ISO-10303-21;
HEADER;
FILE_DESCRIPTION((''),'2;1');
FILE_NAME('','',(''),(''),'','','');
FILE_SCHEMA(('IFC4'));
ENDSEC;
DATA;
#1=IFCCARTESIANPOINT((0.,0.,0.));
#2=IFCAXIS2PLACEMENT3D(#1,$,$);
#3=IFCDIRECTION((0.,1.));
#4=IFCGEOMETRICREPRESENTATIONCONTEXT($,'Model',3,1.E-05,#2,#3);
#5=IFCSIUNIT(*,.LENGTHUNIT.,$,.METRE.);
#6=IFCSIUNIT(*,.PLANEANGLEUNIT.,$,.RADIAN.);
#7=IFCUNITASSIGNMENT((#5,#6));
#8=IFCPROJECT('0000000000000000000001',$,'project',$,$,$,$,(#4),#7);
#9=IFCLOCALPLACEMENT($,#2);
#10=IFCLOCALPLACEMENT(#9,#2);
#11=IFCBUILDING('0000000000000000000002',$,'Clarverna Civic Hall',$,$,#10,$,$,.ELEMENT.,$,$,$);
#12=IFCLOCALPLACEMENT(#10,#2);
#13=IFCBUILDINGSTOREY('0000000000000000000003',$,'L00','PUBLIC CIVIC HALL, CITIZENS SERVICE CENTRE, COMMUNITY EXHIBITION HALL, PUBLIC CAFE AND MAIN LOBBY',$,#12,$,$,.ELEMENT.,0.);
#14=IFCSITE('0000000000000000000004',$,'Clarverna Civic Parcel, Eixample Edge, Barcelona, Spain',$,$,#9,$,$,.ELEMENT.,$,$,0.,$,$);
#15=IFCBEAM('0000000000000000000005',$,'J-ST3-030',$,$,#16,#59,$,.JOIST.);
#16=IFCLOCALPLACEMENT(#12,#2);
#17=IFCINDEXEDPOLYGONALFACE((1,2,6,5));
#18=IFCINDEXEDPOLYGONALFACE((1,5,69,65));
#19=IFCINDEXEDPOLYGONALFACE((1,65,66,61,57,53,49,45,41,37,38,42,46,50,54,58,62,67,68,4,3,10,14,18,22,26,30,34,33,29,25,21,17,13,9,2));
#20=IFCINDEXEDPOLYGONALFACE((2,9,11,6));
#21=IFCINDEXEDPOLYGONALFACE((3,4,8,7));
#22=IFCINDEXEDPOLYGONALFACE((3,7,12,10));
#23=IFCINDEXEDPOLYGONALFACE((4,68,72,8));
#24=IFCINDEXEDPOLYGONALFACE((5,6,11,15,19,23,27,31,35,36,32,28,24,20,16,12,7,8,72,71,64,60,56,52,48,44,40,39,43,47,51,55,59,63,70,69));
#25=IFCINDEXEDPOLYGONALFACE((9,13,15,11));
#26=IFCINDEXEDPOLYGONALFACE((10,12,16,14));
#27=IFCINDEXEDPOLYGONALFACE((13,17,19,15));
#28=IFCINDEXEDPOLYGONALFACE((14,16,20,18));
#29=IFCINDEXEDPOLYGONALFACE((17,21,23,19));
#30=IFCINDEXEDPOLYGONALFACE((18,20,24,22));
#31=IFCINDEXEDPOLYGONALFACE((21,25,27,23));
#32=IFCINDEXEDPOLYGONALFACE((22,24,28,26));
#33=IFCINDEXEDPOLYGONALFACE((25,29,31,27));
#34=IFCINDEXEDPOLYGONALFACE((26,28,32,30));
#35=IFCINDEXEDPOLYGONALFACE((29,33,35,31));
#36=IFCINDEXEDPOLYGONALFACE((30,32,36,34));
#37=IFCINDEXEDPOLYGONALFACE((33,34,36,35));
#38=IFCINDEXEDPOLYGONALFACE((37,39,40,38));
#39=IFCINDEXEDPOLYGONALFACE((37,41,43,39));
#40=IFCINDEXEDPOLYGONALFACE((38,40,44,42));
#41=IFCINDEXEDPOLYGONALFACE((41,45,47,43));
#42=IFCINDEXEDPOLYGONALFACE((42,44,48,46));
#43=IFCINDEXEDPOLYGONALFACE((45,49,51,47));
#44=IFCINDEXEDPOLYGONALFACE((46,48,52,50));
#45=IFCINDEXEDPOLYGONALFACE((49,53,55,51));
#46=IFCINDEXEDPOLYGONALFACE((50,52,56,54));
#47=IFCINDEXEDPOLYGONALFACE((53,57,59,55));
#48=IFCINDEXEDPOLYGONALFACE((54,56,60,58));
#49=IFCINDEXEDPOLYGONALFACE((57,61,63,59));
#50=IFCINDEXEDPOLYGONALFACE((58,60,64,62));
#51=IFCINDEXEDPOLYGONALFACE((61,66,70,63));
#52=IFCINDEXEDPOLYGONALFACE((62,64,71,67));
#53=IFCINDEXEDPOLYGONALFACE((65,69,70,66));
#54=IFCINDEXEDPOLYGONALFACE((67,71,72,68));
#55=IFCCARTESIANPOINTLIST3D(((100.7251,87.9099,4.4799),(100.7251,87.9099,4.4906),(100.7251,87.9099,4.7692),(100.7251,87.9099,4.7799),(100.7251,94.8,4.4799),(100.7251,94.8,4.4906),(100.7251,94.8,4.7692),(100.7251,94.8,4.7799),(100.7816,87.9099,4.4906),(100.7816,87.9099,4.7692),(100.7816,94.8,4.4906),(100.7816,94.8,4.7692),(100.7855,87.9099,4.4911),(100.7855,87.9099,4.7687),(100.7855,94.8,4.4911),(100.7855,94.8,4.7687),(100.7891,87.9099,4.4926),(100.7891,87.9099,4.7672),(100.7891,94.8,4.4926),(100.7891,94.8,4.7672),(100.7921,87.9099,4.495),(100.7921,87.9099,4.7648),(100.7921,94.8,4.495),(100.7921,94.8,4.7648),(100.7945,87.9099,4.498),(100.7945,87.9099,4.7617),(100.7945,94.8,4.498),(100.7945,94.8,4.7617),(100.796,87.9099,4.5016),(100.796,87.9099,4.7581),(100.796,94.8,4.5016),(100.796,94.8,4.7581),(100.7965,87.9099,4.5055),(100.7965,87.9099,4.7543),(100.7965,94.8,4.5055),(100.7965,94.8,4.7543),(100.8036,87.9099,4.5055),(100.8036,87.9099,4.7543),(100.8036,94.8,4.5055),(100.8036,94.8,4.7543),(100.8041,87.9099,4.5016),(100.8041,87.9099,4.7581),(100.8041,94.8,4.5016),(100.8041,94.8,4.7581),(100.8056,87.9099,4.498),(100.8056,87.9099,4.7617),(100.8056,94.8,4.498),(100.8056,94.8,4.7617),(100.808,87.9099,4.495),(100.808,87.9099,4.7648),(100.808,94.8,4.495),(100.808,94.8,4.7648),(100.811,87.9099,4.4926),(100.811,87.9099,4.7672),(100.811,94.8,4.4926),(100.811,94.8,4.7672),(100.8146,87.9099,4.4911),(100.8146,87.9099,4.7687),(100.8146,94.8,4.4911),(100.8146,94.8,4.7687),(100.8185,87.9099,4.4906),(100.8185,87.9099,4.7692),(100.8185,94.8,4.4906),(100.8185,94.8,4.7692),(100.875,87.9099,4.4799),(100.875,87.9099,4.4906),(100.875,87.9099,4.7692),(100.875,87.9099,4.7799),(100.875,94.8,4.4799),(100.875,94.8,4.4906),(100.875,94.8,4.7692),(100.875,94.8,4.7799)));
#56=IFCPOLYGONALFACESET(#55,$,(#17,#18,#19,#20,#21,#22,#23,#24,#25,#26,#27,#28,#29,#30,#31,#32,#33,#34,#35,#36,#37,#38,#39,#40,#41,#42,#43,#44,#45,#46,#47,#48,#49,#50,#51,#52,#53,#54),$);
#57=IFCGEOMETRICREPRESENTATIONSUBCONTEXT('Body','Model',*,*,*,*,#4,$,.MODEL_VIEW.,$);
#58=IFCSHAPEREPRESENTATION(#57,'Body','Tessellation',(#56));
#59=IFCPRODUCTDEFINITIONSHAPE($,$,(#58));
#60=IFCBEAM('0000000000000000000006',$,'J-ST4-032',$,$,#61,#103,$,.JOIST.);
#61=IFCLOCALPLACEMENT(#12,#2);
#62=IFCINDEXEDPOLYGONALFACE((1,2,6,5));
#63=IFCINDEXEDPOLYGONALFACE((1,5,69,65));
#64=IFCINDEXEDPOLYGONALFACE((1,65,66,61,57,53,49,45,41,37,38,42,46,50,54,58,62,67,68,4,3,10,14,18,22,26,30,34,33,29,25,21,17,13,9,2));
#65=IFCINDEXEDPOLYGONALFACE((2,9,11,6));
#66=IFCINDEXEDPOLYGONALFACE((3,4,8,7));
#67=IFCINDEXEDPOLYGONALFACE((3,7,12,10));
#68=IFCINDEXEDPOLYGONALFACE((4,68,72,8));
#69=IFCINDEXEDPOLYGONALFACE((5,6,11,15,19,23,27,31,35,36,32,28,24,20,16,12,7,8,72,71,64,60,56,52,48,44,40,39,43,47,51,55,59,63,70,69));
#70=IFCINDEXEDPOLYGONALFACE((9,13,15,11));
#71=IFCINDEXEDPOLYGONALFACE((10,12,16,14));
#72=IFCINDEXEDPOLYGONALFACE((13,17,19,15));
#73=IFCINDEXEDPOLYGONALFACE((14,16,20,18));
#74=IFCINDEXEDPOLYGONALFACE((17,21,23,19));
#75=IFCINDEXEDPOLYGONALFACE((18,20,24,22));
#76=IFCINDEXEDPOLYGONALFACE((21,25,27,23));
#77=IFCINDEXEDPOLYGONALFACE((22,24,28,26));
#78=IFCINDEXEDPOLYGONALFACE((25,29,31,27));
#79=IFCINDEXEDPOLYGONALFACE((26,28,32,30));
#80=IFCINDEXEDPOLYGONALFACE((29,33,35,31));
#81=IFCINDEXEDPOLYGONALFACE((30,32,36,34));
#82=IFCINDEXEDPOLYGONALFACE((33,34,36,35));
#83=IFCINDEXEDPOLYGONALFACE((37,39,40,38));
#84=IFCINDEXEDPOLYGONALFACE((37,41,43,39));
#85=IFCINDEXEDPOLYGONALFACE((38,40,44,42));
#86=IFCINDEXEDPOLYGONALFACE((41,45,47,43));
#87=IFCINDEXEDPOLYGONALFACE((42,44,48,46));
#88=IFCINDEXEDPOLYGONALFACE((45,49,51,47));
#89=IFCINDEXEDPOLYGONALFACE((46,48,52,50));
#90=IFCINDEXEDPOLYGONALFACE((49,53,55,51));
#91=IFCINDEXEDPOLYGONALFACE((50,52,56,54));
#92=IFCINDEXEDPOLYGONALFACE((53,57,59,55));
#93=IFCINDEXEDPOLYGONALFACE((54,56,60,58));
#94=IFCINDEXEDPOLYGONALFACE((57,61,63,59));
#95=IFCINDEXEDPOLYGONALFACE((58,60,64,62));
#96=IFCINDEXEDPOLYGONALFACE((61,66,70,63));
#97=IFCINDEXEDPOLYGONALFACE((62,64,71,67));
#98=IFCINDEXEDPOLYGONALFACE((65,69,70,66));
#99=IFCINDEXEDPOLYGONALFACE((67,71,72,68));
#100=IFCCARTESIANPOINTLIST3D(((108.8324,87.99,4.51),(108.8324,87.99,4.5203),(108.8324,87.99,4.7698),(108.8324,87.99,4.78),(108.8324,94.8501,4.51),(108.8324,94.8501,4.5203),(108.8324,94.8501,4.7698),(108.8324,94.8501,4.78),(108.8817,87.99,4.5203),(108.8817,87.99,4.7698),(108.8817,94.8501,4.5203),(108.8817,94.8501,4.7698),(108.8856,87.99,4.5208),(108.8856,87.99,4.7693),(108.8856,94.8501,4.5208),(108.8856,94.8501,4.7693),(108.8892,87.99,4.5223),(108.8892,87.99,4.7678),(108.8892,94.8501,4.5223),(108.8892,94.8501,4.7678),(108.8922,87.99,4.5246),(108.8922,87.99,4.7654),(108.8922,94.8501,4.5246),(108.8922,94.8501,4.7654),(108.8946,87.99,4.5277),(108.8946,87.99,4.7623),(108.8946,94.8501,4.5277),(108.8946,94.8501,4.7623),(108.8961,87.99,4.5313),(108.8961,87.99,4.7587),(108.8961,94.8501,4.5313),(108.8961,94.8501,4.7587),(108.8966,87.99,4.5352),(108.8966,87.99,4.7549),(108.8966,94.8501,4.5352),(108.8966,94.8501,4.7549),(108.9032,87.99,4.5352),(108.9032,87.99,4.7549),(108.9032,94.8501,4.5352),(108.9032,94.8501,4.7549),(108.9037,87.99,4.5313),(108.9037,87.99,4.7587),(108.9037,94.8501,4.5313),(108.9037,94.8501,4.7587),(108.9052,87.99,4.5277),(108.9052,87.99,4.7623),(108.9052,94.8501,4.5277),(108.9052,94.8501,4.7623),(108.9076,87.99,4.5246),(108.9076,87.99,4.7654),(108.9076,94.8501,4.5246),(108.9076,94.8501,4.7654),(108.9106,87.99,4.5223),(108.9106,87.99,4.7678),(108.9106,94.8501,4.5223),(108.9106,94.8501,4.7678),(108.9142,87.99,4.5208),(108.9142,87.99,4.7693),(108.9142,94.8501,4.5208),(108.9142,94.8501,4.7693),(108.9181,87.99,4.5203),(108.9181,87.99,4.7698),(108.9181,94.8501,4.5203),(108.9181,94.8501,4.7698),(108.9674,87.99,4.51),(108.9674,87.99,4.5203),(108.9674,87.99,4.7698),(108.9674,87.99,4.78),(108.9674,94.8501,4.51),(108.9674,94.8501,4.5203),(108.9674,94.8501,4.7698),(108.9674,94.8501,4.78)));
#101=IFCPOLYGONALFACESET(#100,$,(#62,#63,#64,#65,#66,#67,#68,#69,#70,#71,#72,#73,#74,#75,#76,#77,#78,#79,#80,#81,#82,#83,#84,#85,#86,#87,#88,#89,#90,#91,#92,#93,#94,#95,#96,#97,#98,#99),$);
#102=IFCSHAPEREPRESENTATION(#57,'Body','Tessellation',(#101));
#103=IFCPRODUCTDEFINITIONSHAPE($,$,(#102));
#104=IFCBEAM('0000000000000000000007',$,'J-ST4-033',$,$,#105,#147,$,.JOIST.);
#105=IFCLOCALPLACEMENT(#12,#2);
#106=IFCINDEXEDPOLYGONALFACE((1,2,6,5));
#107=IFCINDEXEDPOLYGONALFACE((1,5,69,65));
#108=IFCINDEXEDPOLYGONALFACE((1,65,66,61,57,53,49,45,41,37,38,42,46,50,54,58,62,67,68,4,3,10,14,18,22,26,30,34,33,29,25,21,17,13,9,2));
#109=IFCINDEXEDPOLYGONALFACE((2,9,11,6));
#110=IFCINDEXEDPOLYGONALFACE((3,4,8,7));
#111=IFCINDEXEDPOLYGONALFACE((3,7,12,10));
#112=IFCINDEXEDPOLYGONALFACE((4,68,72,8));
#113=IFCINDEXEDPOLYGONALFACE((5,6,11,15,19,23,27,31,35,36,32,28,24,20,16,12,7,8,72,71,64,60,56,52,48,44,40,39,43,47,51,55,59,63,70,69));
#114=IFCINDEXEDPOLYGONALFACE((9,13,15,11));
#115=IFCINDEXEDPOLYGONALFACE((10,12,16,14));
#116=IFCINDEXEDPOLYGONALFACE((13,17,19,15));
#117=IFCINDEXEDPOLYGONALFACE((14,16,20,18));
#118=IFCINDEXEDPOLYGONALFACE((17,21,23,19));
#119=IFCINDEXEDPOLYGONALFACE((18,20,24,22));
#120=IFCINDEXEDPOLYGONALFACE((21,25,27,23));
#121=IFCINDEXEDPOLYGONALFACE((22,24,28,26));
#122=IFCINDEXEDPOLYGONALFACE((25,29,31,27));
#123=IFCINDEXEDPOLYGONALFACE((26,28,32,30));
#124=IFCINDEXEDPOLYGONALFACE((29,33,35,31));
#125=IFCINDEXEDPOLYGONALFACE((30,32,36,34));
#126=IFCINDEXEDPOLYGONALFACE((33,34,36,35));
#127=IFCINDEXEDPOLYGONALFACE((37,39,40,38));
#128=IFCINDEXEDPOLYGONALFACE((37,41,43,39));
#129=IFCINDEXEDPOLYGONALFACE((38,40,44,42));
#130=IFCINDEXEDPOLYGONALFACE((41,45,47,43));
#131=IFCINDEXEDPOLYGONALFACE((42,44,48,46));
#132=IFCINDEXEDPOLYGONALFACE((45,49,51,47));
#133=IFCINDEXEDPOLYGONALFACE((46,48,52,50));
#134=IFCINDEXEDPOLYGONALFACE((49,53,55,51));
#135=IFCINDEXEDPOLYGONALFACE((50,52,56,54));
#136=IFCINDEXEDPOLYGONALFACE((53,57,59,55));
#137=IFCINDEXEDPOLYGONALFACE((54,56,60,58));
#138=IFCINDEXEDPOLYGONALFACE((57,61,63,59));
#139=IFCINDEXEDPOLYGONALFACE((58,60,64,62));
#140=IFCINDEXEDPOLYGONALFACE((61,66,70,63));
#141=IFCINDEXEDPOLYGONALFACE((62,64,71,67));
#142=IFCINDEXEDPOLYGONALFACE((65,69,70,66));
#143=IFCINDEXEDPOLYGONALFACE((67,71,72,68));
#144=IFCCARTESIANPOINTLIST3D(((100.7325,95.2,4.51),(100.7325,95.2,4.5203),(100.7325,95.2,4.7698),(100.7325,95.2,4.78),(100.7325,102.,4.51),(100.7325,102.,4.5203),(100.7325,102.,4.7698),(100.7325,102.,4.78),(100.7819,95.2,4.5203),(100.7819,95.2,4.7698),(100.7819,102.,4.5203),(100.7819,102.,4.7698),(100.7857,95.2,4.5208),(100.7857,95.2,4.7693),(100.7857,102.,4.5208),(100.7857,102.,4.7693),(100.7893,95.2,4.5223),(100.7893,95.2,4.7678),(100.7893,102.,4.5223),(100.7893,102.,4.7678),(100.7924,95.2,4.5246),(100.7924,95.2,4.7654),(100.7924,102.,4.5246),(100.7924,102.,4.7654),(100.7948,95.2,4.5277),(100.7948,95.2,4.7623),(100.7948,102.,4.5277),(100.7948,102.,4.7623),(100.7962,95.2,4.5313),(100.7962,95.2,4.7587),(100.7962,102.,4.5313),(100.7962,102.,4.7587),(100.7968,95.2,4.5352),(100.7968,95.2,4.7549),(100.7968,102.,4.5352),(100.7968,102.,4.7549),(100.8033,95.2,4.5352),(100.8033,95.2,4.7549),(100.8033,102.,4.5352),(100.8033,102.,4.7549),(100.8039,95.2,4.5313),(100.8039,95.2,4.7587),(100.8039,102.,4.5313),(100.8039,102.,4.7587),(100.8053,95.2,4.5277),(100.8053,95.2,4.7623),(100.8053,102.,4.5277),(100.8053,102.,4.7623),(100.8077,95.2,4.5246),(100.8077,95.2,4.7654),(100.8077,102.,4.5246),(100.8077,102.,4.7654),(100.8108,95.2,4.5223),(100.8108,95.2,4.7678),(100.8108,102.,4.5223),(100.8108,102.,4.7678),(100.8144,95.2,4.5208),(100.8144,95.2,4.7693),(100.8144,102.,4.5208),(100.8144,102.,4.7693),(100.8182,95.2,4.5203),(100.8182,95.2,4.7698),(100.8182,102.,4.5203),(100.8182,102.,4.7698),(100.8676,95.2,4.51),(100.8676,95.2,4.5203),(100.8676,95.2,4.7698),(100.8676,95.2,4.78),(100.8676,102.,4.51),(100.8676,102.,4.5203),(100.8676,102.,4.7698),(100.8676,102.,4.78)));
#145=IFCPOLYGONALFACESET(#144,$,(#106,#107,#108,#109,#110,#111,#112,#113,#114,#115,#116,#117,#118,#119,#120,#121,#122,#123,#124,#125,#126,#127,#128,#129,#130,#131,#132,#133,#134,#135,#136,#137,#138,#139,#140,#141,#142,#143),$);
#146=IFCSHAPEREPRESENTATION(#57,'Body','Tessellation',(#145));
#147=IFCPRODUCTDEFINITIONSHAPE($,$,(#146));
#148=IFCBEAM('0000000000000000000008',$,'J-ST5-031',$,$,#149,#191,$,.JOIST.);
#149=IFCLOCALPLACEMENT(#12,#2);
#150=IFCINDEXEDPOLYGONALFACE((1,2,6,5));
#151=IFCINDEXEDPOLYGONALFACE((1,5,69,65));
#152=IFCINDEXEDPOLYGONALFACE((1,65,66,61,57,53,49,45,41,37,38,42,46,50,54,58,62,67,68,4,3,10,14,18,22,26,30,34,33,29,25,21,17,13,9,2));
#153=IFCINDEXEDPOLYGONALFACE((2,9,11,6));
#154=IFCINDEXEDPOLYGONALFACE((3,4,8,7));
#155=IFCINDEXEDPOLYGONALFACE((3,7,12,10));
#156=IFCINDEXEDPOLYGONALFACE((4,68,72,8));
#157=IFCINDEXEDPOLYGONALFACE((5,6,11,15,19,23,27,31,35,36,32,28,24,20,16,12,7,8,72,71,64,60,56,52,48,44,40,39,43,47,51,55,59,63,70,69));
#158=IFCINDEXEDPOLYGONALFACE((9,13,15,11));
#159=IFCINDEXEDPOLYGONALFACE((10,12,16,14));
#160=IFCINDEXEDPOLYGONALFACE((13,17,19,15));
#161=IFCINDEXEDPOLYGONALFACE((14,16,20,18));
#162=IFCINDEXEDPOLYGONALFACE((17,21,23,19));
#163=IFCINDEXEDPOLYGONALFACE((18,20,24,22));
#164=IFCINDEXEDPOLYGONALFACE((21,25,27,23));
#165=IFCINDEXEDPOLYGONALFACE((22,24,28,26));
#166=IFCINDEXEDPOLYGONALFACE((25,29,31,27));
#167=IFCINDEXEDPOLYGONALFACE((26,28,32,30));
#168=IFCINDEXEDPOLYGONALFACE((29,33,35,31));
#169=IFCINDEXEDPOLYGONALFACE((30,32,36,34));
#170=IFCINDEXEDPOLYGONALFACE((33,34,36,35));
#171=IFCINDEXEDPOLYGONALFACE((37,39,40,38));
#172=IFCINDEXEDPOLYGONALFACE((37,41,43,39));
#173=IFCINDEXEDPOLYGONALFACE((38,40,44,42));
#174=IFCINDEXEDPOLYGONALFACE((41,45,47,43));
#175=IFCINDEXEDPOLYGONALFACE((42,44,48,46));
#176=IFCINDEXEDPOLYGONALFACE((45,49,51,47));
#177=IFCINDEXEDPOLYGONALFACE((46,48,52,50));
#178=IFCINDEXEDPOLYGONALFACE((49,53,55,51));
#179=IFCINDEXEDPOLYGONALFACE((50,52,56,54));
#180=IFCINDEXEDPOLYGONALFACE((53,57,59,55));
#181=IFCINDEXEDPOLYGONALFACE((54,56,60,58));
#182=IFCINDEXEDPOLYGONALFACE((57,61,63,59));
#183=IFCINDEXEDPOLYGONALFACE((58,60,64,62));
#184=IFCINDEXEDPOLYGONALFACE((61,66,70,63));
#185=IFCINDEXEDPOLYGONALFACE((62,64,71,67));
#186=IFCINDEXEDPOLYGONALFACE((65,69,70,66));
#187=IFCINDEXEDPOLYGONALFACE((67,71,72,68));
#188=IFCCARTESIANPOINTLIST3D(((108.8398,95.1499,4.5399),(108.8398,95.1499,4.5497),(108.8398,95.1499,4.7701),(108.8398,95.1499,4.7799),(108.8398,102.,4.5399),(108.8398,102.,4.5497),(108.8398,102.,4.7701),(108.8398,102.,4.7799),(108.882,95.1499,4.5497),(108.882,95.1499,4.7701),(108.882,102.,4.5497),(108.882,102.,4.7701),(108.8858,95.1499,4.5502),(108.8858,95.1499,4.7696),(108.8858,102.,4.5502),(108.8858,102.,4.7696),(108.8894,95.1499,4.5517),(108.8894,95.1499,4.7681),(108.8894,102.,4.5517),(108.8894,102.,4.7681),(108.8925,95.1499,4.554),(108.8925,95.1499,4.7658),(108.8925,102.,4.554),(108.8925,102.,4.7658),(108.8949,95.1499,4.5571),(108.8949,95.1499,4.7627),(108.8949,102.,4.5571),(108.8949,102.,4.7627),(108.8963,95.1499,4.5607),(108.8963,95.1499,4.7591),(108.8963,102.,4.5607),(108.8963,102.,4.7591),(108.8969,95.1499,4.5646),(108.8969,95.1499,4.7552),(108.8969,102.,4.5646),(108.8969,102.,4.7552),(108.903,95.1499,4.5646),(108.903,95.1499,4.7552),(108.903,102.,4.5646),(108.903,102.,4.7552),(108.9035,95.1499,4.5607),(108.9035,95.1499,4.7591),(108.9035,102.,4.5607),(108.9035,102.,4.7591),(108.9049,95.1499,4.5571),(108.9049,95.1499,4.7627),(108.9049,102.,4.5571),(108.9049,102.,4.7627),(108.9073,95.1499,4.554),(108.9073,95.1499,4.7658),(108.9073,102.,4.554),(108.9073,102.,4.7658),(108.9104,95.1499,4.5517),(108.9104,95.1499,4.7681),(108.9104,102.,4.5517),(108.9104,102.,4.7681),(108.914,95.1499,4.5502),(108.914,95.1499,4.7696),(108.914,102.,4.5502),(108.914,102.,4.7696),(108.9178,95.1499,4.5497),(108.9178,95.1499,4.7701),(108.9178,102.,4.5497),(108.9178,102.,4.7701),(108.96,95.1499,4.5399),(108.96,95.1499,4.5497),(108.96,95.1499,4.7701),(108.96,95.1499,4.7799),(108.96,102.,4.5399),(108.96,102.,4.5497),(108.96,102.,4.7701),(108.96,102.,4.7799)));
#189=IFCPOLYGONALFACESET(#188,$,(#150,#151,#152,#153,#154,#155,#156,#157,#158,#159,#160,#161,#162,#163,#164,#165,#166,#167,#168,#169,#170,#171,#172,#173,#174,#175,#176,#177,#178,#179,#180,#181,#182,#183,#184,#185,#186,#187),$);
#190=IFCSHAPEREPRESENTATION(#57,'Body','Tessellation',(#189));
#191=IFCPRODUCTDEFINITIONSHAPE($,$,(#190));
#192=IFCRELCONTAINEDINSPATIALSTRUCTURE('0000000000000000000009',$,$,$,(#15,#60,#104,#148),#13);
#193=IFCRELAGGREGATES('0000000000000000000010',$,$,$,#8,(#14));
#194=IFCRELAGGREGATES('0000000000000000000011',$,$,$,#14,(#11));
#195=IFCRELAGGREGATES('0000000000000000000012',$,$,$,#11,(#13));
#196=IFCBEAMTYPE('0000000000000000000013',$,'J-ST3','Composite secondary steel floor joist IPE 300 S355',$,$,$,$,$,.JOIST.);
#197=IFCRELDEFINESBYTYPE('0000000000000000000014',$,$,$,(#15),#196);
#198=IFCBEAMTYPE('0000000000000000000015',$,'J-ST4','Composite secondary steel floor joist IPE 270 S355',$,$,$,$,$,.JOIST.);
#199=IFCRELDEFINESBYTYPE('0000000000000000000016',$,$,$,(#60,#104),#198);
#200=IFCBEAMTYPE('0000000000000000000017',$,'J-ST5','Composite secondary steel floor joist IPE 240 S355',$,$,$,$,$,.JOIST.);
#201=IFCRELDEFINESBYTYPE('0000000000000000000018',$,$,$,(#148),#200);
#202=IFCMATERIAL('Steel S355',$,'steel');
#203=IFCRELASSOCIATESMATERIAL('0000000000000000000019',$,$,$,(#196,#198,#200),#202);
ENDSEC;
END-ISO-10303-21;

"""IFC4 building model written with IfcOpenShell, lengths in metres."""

from ifc_helpers import new_model, si_unit, direction, frame, origin, origin_2d, place, context, subcontext, project, spatial, i_section, extrude, material, material_profile, profile_set, type_object, element, save


model = new_model("IFC4")

# Units and contexts
model_context = context("Model", 3, precision=1e-05, world=origin(), true_north=direction((0.0, 1.0)))
body_context = subcontext(model_context, "Body", "Model", "MODEL_VIEW")
ifc_project = project(units=[si_unit("LENGTHUNIT", "METRE"), si_unit("PLANEANGLEUNIT", "RADIAN")], contexts=[model_context])

# Site, building, storey
site_placement = place(None, origin())
site = spatial("IfcSite", under=ifc_project, at=site_placement, Name="Clarverna Civic Parcel, Eixample Edge, Barcelona, Spain", CompositionType="ELEMENT", RefElevation=0.0)
building_placement = place(site_placement, origin())
building = spatial("IfcBuilding", under=site, at=building_placement, Name="Clarverna Civic Hall", CompositionType="ELEMENT")
storey_placement = place(building_placement, origin())
storey = spatial("IfcBuildingStorey", under=building, at=storey_placement, Name="L00", Description="PUBLIC CIVIC HALL, CITIZENS SERVICE CENTRE, COMMUNITY EXHIBITION HALL, PUBLIC CAFE AND MAIN LOBBY", CompositionType="ELEMENT", Elevation=0.0)

# Beams
ifc_material_1 = material(Name="Steel S355", Category="steel")
ifc_material_profile_1 = material_profile(ifc_material_1, i_section(OverallWidth=0.1499, OverallDepth=0.3, WebThickness=0.0071, FlangeThickness=0.0107, FilletRadius=0.0149, at=origin_2d()), Name="IPE 300")
ifc_profile_set_1 = profile_set([ifc_material_profile_1], Name="Steel S355")
beam_type_1 = type_object("IfcBeamType", Name="J-ST3", Description="Composite secondary steel floor joist IPE 300 S355", PredefinedType="JOIST", material=ifc_profile_set_1)
beam_1_placement = place(storey_placement, frame((100.8, 87.9099, 4.6299), z_axis=(0.0, 1.0, 0.0), x_axis=(-1.0, 0.0, 0.0)))
element("IfcBeam", 1, at=beam_1_placement, inside=storey, type_object=beam_type_1, Name="J-ST3-030", PredefinedType="JOIST", context=body_context, shape_type="SweptSolid", body=[
    extrude(i_section(OverallWidth=0.1499, OverallDepth=0.3, WebThickness=0.0071, FlangeThickness=0.0107, FilletRadius=0.0149, at=origin_2d()), origin(), (0.0, 0.0, 1.0), 6.8901),
])
ifc_material_profile_2 = material_profile(ifc_material_1, i_section(OverallWidth=0.135, OverallDepth=0.27, WebThickness=0.0066, FlangeThickness=0.0103, FilletRadius=0.0149, at=origin_2d()), Name="IPE 270")
ifc_profile_set_2 = profile_set([ifc_material_profile_2], Name="Steel S355")
beam_type_2 = type_object("IfcBeamType", Name="J-ST4", Description="Composite secondary steel floor joist IPE 270 S355", PredefinedType="JOIST", material=ifc_profile_set_2)
beam_2_placement = place(storey_placement, frame((108.8999, 87.99, 4.645), z_axis=(0.0, 1.0, 0.0), x_axis=(-1.0, 0.0, 0.0)))
element("IfcBeam", 2, at=beam_2_placement, inside=storey, type_object=beam_type_2, Name="J-ST4-032", PredefinedType="JOIST", context=body_context, shape_type="SweptSolid", body=[
    extrude(i_section(OverallWidth=0.135, OverallDepth=0.27, WebThickness=0.0066, FlangeThickness=0.0103, FilletRadius=0.0149, at=origin_2d()), origin(), (0.0, 0.0, 1.0), 6.8601),
])
beam_3_placement = place(storey_placement, frame((100.8, 95.2, 4.645), z_axis=(0.0, 1.0, 0.0), x_axis=(-1.0, 0.0, 0.0)))
element("IfcBeam", 3, at=beam_3_placement, inside=storey, type_object=beam_type_2, Name="J-ST4-033", PredefinedType="JOIST", context=body_context, shape_type="SweptSolid", body=[
    extrude(i_section(OverallWidth=0.135, OverallDepth=0.27, WebThickness=0.0066, FlangeThickness=0.0103, FilletRadius=0.0149, at=origin_2d()), origin(), (0.0, 0.0, 1.0), 6.8),
])
ifc_material_profile_3 = material_profile(ifc_material_1, i_section(OverallWidth=0.1201, OverallDepth=0.24, WebThickness=0.0061, FlangeThickness=0.0098, FilletRadius=0.0149, at=origin_2d()), Name="IPE 240")
ifc_profile_set_3 = profile_set([ifc_material_profile_3], Name="Steel S355")
beam_type_3 = type_object("IfcBeamType", Name="J-ST5", Description="Composite secondary steel floor joist IPE 240 S355", PredefinedType="JOIST", material=ifc_profile_set_3)
beam_4_placement = place(storey_placement, frame((108.8999, 95.1499, 4.6599), z_axis=(0.0, 1.0, 0.0), x_axis=(-1.0, 0.0, 0.0)))
element("IfcBeam", 4, at=beam_4_placement, inside=storey, type_object=beam_type_3, Name="J-ST5-031", PredefinedType="JOIST", context=body_context, shape_type="SweptSolid", body=[
    extrude(i_section(OverallWidth=0.1201, OverallDepth=0.24, WebThickness=0.0061, FlangeThickness=0.0098, FilletRadius=0.0149, at=origin_2d()), origin(), (0.0, 0.0, 1.0), 6.8501),
])

save(model, "model.ifc")
